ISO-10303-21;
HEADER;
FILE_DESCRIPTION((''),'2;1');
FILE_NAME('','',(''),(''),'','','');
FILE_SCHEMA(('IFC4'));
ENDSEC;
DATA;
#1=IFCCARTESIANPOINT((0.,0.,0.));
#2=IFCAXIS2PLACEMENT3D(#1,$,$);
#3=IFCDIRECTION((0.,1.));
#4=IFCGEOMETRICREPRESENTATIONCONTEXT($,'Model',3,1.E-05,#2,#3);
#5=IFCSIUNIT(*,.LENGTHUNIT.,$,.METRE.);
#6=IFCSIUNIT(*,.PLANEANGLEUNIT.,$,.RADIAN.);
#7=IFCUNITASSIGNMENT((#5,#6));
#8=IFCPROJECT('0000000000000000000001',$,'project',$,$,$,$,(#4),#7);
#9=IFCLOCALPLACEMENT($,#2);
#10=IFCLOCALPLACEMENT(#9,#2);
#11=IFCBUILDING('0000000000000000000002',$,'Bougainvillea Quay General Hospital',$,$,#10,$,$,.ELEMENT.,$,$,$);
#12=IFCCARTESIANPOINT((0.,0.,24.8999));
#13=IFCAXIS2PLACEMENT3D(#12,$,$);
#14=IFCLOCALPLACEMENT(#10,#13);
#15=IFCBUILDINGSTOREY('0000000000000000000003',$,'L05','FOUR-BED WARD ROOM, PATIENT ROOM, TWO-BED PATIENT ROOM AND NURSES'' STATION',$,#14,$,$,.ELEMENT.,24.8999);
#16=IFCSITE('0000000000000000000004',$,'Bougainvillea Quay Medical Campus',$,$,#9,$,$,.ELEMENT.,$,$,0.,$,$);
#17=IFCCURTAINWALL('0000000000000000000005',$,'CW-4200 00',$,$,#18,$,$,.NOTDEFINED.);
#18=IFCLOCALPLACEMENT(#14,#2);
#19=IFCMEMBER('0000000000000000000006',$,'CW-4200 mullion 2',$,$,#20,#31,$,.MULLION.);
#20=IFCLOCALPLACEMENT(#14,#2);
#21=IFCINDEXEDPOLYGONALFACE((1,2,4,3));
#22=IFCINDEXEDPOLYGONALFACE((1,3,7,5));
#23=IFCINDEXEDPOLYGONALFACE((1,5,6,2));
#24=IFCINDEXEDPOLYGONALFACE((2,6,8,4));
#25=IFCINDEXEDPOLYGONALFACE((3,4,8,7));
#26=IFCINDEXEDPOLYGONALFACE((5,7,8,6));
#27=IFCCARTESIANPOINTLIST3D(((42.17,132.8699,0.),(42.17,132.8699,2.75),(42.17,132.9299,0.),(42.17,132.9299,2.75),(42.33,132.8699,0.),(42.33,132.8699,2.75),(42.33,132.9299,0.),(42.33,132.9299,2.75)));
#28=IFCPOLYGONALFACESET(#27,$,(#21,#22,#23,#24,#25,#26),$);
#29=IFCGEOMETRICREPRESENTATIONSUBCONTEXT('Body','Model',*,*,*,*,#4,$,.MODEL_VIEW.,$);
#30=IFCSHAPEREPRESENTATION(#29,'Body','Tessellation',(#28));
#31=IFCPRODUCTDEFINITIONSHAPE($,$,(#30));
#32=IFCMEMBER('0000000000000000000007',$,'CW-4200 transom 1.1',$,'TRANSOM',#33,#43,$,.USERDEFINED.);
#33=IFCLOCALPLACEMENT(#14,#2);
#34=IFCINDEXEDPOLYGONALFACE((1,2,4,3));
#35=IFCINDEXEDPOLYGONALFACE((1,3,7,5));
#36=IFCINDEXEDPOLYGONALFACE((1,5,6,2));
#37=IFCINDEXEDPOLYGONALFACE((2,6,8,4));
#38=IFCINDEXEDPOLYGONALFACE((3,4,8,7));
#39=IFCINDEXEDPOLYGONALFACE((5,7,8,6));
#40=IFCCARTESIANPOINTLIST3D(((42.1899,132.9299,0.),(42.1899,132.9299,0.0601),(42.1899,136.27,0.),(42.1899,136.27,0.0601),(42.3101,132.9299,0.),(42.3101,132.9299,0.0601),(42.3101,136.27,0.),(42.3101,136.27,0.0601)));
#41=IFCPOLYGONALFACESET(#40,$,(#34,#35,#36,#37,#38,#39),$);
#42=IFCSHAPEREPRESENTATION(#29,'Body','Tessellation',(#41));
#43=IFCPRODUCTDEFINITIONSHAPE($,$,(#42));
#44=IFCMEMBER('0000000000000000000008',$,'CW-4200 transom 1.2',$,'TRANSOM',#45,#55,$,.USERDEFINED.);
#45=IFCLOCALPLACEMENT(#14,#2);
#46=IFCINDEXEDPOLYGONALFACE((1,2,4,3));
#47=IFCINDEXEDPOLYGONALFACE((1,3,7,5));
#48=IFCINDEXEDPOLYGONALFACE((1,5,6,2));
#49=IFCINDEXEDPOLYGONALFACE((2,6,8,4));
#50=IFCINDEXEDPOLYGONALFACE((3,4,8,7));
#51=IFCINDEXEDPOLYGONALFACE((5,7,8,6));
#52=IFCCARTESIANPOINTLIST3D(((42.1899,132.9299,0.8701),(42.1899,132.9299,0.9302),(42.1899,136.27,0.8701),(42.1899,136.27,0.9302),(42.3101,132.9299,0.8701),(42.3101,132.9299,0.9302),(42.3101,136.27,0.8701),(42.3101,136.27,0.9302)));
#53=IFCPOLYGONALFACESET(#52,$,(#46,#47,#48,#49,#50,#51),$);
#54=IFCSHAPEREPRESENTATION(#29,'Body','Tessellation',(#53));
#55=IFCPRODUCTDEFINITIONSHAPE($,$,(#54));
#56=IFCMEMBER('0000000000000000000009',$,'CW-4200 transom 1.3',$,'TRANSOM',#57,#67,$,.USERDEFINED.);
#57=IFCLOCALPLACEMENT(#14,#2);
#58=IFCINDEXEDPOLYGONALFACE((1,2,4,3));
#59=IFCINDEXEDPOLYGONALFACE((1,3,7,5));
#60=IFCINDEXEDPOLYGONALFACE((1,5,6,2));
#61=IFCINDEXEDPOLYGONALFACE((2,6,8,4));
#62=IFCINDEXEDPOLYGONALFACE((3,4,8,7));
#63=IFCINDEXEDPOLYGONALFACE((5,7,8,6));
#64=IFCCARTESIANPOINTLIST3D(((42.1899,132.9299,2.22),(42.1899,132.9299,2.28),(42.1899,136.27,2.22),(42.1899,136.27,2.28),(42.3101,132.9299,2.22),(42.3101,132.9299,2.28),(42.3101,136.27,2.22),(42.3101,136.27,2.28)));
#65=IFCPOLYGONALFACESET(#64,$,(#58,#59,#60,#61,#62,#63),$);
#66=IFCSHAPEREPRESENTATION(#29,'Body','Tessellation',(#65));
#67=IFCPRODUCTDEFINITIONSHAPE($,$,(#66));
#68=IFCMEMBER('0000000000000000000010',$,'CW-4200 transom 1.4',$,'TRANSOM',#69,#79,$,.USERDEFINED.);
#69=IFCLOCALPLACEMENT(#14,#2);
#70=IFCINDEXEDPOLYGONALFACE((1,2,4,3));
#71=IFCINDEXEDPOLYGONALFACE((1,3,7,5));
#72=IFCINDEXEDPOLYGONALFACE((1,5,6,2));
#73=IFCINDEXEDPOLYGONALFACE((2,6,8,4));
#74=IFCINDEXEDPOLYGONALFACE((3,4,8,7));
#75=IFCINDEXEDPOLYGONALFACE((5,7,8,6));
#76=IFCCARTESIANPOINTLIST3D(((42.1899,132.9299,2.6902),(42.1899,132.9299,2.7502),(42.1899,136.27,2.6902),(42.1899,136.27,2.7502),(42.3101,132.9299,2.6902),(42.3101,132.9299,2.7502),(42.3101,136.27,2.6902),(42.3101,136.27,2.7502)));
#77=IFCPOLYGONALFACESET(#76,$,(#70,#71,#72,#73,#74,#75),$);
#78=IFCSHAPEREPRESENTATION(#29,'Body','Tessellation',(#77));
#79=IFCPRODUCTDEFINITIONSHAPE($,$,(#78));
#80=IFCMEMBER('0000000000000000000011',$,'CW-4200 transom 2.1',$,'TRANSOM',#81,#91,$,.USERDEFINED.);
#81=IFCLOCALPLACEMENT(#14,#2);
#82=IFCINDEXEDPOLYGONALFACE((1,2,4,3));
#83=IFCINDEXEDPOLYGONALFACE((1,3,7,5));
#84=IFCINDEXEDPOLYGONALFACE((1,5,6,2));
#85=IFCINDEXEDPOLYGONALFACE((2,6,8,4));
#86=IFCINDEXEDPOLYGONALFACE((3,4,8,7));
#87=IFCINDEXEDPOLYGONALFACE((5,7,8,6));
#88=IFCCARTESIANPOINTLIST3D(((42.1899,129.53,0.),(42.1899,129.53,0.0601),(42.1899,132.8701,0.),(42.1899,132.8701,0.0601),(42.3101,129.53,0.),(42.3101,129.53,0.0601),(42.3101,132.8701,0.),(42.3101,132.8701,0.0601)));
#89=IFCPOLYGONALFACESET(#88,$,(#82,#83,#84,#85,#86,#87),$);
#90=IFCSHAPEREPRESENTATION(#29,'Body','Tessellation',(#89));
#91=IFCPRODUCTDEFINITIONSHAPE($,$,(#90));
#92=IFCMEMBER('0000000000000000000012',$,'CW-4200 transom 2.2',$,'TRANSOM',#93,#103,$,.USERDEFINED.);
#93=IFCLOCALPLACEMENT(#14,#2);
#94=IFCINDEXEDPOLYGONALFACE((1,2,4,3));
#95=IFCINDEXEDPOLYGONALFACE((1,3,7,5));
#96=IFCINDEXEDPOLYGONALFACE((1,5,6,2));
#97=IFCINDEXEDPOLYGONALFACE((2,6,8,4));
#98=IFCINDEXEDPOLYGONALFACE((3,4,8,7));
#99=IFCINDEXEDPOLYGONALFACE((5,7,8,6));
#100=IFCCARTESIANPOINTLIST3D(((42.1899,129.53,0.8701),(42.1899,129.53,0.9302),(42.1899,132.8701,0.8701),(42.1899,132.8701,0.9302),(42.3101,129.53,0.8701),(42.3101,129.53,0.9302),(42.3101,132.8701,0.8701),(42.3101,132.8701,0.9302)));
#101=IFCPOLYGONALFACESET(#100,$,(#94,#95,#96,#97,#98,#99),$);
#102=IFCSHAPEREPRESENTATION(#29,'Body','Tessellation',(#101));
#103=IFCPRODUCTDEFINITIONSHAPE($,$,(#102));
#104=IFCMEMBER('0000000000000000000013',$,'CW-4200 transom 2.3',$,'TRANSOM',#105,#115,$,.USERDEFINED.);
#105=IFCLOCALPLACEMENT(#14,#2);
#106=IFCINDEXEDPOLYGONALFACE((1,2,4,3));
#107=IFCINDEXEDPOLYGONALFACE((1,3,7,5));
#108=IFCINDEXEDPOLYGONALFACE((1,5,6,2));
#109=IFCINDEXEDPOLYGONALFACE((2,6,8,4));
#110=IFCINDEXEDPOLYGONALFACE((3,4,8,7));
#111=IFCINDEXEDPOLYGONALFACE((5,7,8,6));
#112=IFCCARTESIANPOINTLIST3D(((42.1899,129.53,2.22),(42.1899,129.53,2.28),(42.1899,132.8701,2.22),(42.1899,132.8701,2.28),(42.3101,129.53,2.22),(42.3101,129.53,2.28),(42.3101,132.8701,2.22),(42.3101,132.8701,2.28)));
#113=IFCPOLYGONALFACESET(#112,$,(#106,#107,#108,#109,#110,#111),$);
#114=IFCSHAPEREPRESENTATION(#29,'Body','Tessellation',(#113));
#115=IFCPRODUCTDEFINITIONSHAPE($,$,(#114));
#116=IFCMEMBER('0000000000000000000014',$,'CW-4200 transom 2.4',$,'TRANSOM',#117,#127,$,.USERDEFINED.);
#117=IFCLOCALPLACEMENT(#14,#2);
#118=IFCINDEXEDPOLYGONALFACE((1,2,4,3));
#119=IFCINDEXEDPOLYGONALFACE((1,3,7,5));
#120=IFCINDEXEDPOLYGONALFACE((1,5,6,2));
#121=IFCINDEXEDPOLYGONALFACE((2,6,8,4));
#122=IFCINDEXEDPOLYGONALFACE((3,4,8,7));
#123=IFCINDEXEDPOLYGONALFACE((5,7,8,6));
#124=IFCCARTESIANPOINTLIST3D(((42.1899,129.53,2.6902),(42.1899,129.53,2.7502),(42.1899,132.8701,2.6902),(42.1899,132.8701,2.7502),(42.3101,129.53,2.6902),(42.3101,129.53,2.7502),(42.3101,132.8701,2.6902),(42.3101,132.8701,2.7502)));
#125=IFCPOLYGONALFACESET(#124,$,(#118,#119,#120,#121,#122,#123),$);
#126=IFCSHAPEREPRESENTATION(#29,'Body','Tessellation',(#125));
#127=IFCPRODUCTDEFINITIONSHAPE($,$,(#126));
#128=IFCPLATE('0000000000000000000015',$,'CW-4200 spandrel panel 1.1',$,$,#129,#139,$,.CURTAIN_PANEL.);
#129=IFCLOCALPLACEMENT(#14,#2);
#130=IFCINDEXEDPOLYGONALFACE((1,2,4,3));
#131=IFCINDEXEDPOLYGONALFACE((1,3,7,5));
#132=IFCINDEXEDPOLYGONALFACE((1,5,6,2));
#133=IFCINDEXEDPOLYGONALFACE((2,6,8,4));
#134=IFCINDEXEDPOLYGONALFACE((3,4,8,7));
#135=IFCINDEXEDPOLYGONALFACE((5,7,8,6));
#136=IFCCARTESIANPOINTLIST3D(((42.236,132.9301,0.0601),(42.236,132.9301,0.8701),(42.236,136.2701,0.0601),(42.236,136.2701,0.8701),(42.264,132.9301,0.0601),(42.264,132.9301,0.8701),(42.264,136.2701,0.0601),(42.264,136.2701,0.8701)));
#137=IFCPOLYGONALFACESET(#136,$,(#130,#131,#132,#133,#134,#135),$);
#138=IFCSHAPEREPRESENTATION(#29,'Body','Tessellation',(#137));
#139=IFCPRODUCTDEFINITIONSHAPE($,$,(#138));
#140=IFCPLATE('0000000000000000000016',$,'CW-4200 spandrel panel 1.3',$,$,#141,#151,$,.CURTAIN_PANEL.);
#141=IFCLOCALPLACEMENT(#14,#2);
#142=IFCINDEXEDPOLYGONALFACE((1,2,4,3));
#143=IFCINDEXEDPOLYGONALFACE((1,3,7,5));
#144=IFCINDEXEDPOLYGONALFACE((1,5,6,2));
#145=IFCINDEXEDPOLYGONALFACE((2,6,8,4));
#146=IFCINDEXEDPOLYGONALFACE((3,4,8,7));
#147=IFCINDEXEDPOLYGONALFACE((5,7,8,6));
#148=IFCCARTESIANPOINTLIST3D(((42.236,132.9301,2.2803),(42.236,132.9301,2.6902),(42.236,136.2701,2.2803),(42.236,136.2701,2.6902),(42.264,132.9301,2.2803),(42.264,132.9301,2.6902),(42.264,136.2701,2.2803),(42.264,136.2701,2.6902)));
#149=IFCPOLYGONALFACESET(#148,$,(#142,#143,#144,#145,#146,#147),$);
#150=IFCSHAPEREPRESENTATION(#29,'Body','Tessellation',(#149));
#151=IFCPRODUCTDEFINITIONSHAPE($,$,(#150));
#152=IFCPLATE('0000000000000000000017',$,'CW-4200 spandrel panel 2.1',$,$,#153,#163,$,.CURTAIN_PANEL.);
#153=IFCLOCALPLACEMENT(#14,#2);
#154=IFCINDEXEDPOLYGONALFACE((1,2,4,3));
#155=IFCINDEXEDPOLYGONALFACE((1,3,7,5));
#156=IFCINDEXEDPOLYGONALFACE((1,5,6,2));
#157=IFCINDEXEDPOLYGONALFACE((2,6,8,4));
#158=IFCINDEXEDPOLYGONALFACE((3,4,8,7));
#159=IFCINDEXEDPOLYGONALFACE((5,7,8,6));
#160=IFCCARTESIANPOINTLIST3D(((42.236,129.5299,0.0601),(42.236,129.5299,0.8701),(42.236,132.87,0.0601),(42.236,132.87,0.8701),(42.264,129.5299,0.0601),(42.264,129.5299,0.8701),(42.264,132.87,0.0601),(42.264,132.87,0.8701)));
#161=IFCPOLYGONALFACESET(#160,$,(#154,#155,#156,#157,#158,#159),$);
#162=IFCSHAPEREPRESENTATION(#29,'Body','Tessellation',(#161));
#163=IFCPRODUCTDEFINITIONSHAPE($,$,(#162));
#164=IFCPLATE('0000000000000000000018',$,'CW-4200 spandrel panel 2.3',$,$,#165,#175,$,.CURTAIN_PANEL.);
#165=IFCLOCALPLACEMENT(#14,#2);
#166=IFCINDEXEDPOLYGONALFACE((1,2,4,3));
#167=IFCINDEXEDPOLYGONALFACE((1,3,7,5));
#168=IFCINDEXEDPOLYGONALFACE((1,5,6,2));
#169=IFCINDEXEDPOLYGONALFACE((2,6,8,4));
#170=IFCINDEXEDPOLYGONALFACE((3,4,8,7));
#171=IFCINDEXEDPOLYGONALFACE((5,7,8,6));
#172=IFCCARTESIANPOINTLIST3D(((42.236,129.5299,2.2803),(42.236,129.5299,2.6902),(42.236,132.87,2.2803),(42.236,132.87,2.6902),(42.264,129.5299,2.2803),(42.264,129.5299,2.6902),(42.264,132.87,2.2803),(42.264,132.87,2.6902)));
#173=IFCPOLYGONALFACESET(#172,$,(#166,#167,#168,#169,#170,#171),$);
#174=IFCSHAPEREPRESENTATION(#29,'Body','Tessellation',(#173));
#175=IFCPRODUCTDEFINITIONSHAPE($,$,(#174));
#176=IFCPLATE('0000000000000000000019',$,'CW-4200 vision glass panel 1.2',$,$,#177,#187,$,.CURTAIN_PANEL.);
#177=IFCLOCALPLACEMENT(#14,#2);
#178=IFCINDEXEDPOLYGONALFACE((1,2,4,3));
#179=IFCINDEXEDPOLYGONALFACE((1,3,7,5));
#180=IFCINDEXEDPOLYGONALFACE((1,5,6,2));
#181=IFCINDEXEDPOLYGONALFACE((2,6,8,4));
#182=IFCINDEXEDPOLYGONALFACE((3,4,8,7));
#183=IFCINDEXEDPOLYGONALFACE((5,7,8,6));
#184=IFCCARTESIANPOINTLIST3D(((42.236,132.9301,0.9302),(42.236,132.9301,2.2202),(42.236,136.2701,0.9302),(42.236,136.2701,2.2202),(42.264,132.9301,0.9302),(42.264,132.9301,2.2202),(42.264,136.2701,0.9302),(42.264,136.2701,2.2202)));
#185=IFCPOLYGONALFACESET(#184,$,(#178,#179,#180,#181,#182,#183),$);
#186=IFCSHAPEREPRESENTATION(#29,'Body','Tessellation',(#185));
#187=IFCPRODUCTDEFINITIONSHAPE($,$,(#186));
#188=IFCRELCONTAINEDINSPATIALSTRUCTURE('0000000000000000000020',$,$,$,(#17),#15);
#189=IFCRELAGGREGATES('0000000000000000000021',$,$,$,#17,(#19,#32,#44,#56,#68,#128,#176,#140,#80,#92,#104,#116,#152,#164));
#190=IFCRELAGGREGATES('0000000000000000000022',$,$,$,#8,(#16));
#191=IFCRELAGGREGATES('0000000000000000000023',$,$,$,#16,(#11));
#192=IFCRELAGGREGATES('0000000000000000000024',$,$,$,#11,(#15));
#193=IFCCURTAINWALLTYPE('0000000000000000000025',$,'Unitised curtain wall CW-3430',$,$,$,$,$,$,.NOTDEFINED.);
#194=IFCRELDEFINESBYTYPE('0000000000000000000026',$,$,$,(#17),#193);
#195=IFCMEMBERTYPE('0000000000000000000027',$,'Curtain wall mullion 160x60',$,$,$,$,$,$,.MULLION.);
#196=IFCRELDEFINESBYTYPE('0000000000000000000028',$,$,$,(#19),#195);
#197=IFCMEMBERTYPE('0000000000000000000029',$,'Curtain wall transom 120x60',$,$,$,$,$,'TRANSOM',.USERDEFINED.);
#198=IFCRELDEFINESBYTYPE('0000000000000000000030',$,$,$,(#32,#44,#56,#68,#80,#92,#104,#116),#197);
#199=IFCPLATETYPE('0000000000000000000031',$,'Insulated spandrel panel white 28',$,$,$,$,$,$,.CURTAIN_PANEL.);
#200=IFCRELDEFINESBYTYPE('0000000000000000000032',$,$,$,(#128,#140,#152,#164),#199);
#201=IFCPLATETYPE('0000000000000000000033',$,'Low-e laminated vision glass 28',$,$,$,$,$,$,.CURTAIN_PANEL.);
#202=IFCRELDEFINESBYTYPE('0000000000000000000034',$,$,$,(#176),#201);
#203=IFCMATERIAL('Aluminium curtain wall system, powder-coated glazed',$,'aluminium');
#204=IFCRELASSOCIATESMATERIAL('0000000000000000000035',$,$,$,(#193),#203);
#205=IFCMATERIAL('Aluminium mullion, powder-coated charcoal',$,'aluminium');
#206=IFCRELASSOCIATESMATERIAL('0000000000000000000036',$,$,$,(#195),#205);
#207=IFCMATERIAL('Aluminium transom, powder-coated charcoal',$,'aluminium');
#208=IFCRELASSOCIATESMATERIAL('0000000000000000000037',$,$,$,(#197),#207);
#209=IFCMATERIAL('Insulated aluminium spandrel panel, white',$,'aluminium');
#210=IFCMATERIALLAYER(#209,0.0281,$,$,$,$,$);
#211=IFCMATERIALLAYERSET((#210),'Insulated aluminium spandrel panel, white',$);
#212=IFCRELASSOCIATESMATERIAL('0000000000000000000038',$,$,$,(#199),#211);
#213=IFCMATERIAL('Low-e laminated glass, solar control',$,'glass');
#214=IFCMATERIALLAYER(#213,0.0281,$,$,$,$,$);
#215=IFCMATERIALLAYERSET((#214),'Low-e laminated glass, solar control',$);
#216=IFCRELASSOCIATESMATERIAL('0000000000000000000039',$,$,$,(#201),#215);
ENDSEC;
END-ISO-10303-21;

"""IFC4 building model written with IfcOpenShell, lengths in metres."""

from ifc_helpers import new_model, si_unit, direction, frame, origin, origin_2d, place, context, subcontext, project, spatial, rectangle, extrude, material, layer, layer_set, material_profile, profile_set, type_object, element, aggregate, save


model = new_model("IFC4")

# Units and contexts
model_context = context("Model", 3, precision=1e-05, world=origin(), true_north=direction((0.0, 1.0)))
body_context = subcontext(model_context, "Body", "Model", "MODEL_VIEW")
ifc_project = project(units=[si_unit("LENGTHUNIT", "METRE"), si_unit("PLANEANGLEUNIT", "RADIAN")], contexts=[model_context])

# Site, building, storey
site_placement = place(None, origin())
site = spatial("IfcSite", under=ifc_project, at=site_placement, Name="Bougainvillea Quay Medical Campus", CompositionType="ELEMENT", RefElevation=0.0)
building_placement = place(site_placement, origin())
building = spatial("IfcBuilding", under=site, at=building_placement, Name="Bougainvillea Quay General Hospital", CompositionType="ELEMENT")
storey_placement = place(building_placement, frame((0.0, 0.0, 24.8999)))
storey = spatial("IfcBuildingStorey", under=building, at=storey_placement, Name="L05", Description="FOUR-BED WARD ROOM, PATIENT ROOM, TWO-BED PATIENT ROOM AND NURSES' STATION", CompositionType="ELEMENT", Elevation=24.8999)

# Curtain wall, members, plates
ifc_material_1 = material(Name="Aluminium curtain wall system, powder-coated glazed", Category="aluminium")
curtain_wall_type = type_object("IfcCurtainWallType", Name="Unitised curtain wall CW-3430", PredefinedType="NOTDEFINED", material=ifc_material_1)
curtain_wall_placement = place(storey_placement, origin())
curtain_wall = element("IfcCurtainWall", 1, at=curtain_wall_placement, inside=storey, type_object=curtain_wall_type, Name="CW-4200 00", PredefinedType="NOTDEFINED")
ifc_material_2 = material(Name="Aluminium mullion, powder-coated charcoal", Category="aluminium")
ifc_material_profile_1 = material_profile(ifc_material_2, rectangle(XDim=0.1599, YDim=0.0601, at=origin_2d()))
ifc_profile_set_1 = profile_set([ifc_material_profile_1], Name="Aluminium mullion, powder-coated charcoal")
member_type_1 = type_object("IfcMemberType", Name="Curtain wall mullion 160x60", PredefinedType="MULLION", material=ifc_profile_set_1)
member_1_placement = place(storey_placement, frame((42.25, 132.8999, 0.0), z_axis=(0.0, 0.0, 1.0), x_axis=(1.0, 0.0, 0.0)))
member_1 = element("IfcMember", 2, at=member_1_placement, type_object=member_type_1, Name="CW-4200 mullion 2", PredefinedType="MULLION", context=body_context, shape_type="SweptSolid", body=[
    extrude(rectangle(XDim=0.1599, YDim=0.0601, at=origin_2d()), origin(), (0.0, 0.0, 1.0), 2.75),
])
ifc_material_3 = material(Name="Aluminium transom, powder-coated charcoal", Category="aluminium")
ifc_material_profile_2 = material_profile(ifc_material_3, rectangle(XDim=0.1201, YDim=0.0601, at=origin_2d()))
ifc_profile_set_2 = profile_set([ifc_material_profile_2], Name="Aluminium transom, powder-coated charcoal")
member_type_2 = type_object("IfcMemberType", Name="Curtain wall transom 120x60", ElementType="TRANSOM", PredefinedType="USERDEFINED", material=ifc_profile_set_2)
member_2_placement = place(storey_placement, frame((42.25, 136.27, 0.03), z_axis=(0.0, -1.0, 0.0), x_axis=(1.0, 0.0, 0.0)))
member_2 = element("IfcMember", 3, at=member_2_placement, type_object=member_type_2, Name="CW-4200 transom 1.1", ObjectType="TRANSOM", PredefinedType="USERDEFINED", context=body_context, shape_type="SweptSolid", body=[
    extrude(rectangle(XDim=0.1201, YDim=0.0601, at=origin_2d()), origin(), (0.0, 0.0, 1.0), 3.3401),
])
member_3_placement = place(storey_placement, frame((42.25, 136.27, 0.9001), z_axis=(0.0, -1.0, 0.0), x_axis=(1.0, 0.0, 0.0)))
member_3 = element("IfcMember", 4, at=member_3_placement, type_object=member_type_2, Name="CW-4200 transom 1.2", ObjectType="TRANSOM", PredefinedType="USERDEFINED", context=body_context, shape_type="SweptSolid", body=[
    extrude(rectangle(XDim=0.1201, YDim=0.0601, at=origin_2d()), origin(), (0.0, 0.0, 1.0), 3.3401),
])
member_4_placement = place(storey_placement, frame((42.25, 136.27, 2.25), z_axis=(0.0, -1.0, 0.0), x_axis=(1.0, 0.0, 0.0)))
member_4 = element("IfcMember", 5, at=member_4_placement, type_object=member_type_2, Name="CW-4200 transom 1.3", ObjectType="TRANSOM", PredefinedType="USERDEFINED", context=body_context, shape_type="SweptSolid", body=[
    extrude(rectangle(XDim=0.1201, YDim=0.0601, at=origin_2d()), origin(), (0.0, 0.0, 1.0), 3.3401),
])
member_5_placement = place(storey_placement, frame((42.25, 136.27, 2.7202), z_axis=(0.0, -1.0, 0.0), x_axis=(1.0, 0.0, 0.0)))
member_5 = element("IfcMember", 6, at=member_5_placement, type_object=member_type_2, Name="CW-4200 transom 1.4", ObjectType="TRANSOM", PredefinedType="USERDEFINED", context=body_context, shape_type="SweptSolid", body=[
    extrude(rectangle(XDim=0.1201, YDim=0.0601, at=origin_2d()), origin(), (0.0, 0.0, 1.0), 3.3401),
])
member_6_placement = place(storey_placement, frame((42.25, 132.8701, 0.03), z_axis=(0.0, -1.0, 0.0), x_axis=(1.0, 0.0, 0.0)))
member_6 = element("IfcMember", 7, at=member_6_placement, type_object=member_type_2, Name="CW-4200 transom 2.1", ObjectType="TRANSOM", PredefinedType="USERDEFINED", context=body_context, shape_type="SweptSolid", body=[
    extrude(rectangle(XDim=0.1201, YDim=0.0601, at=origin_2d()), origin(), (0.0, 0.0, 1.0), 3.3401),
])
member_7_placement = place(storey_placement, frame((42.25, 132.8701, 0.9001), z_axis=(0.0, -1.0, 0.0), x_axis=(1.0, 0.0, 0.0)))
member_7 = element("IfcMember", 8, at=member_7_placement, type_object=member_type_2, Name="CW-4200 transom 2.2", ObjectType="TRANSOM", PredefinedType="USERDEFINED", context=body_context, shape_type="SweptSolid", body=[
    extrude(rectangle(XDim=0.1201, YDim=0.0601, at=origin_2d()), origin(), (0.0, 0.0, 1.0), 3.3401),
])
member_8_placement = place(storey_placement, frame((42.25, 132.8701, 2.25), z_axis=(0.0, -1.0, 0.0), x_axis=(1.0, 0.0, 0.0)))
member_8 = element("IfcMember", 9, at=member_8_placement, type_object=member_type_2, Name="CW-4200 transom 2.3", ObjectType="TRANSOM", PredefinedType="USERDEFINED", context=body_context, shape_type="SweptSolid", body=[
    extrude(rectangle(XDim=0.1201, YDim=0.0601, at=origin_2d()), origin(), (0.0, 0.0, 1.0), 3.3401),
])
member_9_placement = place(storey_placement, frame((42.25, 132.8701, 2.7202), z_axis=(0.0, -1.0, 0.0), x_axis=(1.0, 0.0, 0.0)))
member_9 = element("IfcMember", 10, at=member_9_placement, type_object=member_type_2, Name="CW-4200 transom 2.4", ObjectType="TRANSOM", PredefinedType="USERDEFINED", context=body_context, shape_type="SweptSolid", body=[
    extrude(rectangle(XDim=0.1201, YDim=0.0601, at=origin_2d()), origin(), (0.0, 0.0, 1.0), 3.3401),
])
ifc_material_4 = material(Name="Insulated aluminium spandrel panel, white", Category="aluminium")
ifc_layer_1 = layer(ifc_material_4, 0.0281)
ifc_layer_set_1 = layer_set([ifc_layer_1], Name="Insulated aluminium spandrel panel, white")
plate_type_1 = type_object("IfcPlateType", Name="Insulated spandrel panel white 28", PredefinedType="CURTAIN_PANEL", material=ifc_layer_set_1)
plate_1_placement = place(storey_placement, frame((42.25, 134.6001, 0.0601), z_axis=(0.0, 0.0, 1.0), x_axis=(0.0, -1.0, 0.0)))
plate_1 = element("IfcPlate", 11, at=plate_1_placement, type_object=plate_type_1, Name="CW-4200 spandrel panel 1.1", PredefinedType="CURTAIN_PANEL", context=body_context, shape_type="SweptSolid", body=[
    extrude(rectangle(XDim=3.3401, YDim=0.0281, at=origin_2d()), origin(), (0.0, 0.0, 1.0), 0.8101),
])
plate_2_placement = place(storey_placement, frame((42.25, 134.6001, 2.2803), z_axis=(0.0, 0.0, 1.0), x_axis=(0.0, -1.0, 0.0)))
plate_2 = element("IfcPlate", 12, at=plate_2_placement, type_object=plate_type_1, Name="CW-4200 spandrel panel 1.3", PredefinedType="CURTAIN_PANEL", context=body_context, shape_type="SweptSolid", body=[
    extrude(rectangle(XDim=3.3401, YDim=0.0281, at=origin_2d()), origin(), (0.0, 0.0, 1.0), 0.4099),
])
plate_3_placement = place(storey_placement, frame((42.25, 131.2, 0.0601), z_axis=(0.0, 0.0, 1.0), x_axis=(0.0, -1.0, 0.0)))
plate_3 = element("IfcPlate", 13, at=plate_3_placement, type_object=plate_type_1, Name="CW-4200 spandrel panel 2.1", PredefinedType="CURTAIN_PANEL", context=body_context, shape_type="SweptSolid", body=[
    extrude(rectangle(XDim=3.3401, YDim=0.0281, at=origin_2d()), origin(), (0.0, 0.0, 1.0), 0.8101),
])
plate_4_placement = place(storey_placement, frame((42.25, 131.2, 2.2803), z_axis=(0.0, 0.0, 1.0), x_axis=(0.0, -1.0, 0.0)))
plate_4 = element("IfcPlate", 14, at=plate_4_placement, type_object=plate_type_1, Name="CW-4200 spandrel panel 2.3", PredefinedType="CURTAIN_PANEL", context=body_context, shape_type="SweptSolid", body=[
    extrude(rectangle(XDim=3.3401, YDim=0.0281, at=origin_2d()), origin(), (0.0, 0.0, 1.0), 0.4099),
])
ifc_material_5 = material(Name="Low-e laminated glass, solar control", Category="glass")
ifc_layer_2 = layer(ifc_material_5, 0.0281)
ifc_layer_set_2 = layer_set([ifc_layer_2], Name="Low-e laminated glass, solar control")
plate_type_2 = type_object("IfcPlateType", Name="Low-e laminated vision glass 28", PredefinedType="CURTAIN_PANEL", material=ifc_layer_set_2)
plate_5_placement = place(storey_placement, frame((42.25, 134.6001, 0.9302), z_axis=(0.0, 0.0, 1.0), x_axis=(0.0, -1.0, 0.0)))
plate_5 = element("IfcPlate", 15, at=plate_5_placement, type_object=plate_type_2, Name="CW-4200 vision glass panel 1.2", PredefinedType="CURTAIN_PANEL", context=body_context, shape_type="SweptSolid", body=[
    extrude(rectangle(XDim=3.3401, YDim=0.0281, at=origin_2d()), origin(), (0.0, 0.0, 1.0), 1.29),
])
aggregate(curtain_wall, [member_1, member_2, member_3, member_4, member_5, plate_1, plate_5, plate_2, member_6, member_7, member_8, member_9, plate_3, plate_4])

save(model, "model.ifc")
